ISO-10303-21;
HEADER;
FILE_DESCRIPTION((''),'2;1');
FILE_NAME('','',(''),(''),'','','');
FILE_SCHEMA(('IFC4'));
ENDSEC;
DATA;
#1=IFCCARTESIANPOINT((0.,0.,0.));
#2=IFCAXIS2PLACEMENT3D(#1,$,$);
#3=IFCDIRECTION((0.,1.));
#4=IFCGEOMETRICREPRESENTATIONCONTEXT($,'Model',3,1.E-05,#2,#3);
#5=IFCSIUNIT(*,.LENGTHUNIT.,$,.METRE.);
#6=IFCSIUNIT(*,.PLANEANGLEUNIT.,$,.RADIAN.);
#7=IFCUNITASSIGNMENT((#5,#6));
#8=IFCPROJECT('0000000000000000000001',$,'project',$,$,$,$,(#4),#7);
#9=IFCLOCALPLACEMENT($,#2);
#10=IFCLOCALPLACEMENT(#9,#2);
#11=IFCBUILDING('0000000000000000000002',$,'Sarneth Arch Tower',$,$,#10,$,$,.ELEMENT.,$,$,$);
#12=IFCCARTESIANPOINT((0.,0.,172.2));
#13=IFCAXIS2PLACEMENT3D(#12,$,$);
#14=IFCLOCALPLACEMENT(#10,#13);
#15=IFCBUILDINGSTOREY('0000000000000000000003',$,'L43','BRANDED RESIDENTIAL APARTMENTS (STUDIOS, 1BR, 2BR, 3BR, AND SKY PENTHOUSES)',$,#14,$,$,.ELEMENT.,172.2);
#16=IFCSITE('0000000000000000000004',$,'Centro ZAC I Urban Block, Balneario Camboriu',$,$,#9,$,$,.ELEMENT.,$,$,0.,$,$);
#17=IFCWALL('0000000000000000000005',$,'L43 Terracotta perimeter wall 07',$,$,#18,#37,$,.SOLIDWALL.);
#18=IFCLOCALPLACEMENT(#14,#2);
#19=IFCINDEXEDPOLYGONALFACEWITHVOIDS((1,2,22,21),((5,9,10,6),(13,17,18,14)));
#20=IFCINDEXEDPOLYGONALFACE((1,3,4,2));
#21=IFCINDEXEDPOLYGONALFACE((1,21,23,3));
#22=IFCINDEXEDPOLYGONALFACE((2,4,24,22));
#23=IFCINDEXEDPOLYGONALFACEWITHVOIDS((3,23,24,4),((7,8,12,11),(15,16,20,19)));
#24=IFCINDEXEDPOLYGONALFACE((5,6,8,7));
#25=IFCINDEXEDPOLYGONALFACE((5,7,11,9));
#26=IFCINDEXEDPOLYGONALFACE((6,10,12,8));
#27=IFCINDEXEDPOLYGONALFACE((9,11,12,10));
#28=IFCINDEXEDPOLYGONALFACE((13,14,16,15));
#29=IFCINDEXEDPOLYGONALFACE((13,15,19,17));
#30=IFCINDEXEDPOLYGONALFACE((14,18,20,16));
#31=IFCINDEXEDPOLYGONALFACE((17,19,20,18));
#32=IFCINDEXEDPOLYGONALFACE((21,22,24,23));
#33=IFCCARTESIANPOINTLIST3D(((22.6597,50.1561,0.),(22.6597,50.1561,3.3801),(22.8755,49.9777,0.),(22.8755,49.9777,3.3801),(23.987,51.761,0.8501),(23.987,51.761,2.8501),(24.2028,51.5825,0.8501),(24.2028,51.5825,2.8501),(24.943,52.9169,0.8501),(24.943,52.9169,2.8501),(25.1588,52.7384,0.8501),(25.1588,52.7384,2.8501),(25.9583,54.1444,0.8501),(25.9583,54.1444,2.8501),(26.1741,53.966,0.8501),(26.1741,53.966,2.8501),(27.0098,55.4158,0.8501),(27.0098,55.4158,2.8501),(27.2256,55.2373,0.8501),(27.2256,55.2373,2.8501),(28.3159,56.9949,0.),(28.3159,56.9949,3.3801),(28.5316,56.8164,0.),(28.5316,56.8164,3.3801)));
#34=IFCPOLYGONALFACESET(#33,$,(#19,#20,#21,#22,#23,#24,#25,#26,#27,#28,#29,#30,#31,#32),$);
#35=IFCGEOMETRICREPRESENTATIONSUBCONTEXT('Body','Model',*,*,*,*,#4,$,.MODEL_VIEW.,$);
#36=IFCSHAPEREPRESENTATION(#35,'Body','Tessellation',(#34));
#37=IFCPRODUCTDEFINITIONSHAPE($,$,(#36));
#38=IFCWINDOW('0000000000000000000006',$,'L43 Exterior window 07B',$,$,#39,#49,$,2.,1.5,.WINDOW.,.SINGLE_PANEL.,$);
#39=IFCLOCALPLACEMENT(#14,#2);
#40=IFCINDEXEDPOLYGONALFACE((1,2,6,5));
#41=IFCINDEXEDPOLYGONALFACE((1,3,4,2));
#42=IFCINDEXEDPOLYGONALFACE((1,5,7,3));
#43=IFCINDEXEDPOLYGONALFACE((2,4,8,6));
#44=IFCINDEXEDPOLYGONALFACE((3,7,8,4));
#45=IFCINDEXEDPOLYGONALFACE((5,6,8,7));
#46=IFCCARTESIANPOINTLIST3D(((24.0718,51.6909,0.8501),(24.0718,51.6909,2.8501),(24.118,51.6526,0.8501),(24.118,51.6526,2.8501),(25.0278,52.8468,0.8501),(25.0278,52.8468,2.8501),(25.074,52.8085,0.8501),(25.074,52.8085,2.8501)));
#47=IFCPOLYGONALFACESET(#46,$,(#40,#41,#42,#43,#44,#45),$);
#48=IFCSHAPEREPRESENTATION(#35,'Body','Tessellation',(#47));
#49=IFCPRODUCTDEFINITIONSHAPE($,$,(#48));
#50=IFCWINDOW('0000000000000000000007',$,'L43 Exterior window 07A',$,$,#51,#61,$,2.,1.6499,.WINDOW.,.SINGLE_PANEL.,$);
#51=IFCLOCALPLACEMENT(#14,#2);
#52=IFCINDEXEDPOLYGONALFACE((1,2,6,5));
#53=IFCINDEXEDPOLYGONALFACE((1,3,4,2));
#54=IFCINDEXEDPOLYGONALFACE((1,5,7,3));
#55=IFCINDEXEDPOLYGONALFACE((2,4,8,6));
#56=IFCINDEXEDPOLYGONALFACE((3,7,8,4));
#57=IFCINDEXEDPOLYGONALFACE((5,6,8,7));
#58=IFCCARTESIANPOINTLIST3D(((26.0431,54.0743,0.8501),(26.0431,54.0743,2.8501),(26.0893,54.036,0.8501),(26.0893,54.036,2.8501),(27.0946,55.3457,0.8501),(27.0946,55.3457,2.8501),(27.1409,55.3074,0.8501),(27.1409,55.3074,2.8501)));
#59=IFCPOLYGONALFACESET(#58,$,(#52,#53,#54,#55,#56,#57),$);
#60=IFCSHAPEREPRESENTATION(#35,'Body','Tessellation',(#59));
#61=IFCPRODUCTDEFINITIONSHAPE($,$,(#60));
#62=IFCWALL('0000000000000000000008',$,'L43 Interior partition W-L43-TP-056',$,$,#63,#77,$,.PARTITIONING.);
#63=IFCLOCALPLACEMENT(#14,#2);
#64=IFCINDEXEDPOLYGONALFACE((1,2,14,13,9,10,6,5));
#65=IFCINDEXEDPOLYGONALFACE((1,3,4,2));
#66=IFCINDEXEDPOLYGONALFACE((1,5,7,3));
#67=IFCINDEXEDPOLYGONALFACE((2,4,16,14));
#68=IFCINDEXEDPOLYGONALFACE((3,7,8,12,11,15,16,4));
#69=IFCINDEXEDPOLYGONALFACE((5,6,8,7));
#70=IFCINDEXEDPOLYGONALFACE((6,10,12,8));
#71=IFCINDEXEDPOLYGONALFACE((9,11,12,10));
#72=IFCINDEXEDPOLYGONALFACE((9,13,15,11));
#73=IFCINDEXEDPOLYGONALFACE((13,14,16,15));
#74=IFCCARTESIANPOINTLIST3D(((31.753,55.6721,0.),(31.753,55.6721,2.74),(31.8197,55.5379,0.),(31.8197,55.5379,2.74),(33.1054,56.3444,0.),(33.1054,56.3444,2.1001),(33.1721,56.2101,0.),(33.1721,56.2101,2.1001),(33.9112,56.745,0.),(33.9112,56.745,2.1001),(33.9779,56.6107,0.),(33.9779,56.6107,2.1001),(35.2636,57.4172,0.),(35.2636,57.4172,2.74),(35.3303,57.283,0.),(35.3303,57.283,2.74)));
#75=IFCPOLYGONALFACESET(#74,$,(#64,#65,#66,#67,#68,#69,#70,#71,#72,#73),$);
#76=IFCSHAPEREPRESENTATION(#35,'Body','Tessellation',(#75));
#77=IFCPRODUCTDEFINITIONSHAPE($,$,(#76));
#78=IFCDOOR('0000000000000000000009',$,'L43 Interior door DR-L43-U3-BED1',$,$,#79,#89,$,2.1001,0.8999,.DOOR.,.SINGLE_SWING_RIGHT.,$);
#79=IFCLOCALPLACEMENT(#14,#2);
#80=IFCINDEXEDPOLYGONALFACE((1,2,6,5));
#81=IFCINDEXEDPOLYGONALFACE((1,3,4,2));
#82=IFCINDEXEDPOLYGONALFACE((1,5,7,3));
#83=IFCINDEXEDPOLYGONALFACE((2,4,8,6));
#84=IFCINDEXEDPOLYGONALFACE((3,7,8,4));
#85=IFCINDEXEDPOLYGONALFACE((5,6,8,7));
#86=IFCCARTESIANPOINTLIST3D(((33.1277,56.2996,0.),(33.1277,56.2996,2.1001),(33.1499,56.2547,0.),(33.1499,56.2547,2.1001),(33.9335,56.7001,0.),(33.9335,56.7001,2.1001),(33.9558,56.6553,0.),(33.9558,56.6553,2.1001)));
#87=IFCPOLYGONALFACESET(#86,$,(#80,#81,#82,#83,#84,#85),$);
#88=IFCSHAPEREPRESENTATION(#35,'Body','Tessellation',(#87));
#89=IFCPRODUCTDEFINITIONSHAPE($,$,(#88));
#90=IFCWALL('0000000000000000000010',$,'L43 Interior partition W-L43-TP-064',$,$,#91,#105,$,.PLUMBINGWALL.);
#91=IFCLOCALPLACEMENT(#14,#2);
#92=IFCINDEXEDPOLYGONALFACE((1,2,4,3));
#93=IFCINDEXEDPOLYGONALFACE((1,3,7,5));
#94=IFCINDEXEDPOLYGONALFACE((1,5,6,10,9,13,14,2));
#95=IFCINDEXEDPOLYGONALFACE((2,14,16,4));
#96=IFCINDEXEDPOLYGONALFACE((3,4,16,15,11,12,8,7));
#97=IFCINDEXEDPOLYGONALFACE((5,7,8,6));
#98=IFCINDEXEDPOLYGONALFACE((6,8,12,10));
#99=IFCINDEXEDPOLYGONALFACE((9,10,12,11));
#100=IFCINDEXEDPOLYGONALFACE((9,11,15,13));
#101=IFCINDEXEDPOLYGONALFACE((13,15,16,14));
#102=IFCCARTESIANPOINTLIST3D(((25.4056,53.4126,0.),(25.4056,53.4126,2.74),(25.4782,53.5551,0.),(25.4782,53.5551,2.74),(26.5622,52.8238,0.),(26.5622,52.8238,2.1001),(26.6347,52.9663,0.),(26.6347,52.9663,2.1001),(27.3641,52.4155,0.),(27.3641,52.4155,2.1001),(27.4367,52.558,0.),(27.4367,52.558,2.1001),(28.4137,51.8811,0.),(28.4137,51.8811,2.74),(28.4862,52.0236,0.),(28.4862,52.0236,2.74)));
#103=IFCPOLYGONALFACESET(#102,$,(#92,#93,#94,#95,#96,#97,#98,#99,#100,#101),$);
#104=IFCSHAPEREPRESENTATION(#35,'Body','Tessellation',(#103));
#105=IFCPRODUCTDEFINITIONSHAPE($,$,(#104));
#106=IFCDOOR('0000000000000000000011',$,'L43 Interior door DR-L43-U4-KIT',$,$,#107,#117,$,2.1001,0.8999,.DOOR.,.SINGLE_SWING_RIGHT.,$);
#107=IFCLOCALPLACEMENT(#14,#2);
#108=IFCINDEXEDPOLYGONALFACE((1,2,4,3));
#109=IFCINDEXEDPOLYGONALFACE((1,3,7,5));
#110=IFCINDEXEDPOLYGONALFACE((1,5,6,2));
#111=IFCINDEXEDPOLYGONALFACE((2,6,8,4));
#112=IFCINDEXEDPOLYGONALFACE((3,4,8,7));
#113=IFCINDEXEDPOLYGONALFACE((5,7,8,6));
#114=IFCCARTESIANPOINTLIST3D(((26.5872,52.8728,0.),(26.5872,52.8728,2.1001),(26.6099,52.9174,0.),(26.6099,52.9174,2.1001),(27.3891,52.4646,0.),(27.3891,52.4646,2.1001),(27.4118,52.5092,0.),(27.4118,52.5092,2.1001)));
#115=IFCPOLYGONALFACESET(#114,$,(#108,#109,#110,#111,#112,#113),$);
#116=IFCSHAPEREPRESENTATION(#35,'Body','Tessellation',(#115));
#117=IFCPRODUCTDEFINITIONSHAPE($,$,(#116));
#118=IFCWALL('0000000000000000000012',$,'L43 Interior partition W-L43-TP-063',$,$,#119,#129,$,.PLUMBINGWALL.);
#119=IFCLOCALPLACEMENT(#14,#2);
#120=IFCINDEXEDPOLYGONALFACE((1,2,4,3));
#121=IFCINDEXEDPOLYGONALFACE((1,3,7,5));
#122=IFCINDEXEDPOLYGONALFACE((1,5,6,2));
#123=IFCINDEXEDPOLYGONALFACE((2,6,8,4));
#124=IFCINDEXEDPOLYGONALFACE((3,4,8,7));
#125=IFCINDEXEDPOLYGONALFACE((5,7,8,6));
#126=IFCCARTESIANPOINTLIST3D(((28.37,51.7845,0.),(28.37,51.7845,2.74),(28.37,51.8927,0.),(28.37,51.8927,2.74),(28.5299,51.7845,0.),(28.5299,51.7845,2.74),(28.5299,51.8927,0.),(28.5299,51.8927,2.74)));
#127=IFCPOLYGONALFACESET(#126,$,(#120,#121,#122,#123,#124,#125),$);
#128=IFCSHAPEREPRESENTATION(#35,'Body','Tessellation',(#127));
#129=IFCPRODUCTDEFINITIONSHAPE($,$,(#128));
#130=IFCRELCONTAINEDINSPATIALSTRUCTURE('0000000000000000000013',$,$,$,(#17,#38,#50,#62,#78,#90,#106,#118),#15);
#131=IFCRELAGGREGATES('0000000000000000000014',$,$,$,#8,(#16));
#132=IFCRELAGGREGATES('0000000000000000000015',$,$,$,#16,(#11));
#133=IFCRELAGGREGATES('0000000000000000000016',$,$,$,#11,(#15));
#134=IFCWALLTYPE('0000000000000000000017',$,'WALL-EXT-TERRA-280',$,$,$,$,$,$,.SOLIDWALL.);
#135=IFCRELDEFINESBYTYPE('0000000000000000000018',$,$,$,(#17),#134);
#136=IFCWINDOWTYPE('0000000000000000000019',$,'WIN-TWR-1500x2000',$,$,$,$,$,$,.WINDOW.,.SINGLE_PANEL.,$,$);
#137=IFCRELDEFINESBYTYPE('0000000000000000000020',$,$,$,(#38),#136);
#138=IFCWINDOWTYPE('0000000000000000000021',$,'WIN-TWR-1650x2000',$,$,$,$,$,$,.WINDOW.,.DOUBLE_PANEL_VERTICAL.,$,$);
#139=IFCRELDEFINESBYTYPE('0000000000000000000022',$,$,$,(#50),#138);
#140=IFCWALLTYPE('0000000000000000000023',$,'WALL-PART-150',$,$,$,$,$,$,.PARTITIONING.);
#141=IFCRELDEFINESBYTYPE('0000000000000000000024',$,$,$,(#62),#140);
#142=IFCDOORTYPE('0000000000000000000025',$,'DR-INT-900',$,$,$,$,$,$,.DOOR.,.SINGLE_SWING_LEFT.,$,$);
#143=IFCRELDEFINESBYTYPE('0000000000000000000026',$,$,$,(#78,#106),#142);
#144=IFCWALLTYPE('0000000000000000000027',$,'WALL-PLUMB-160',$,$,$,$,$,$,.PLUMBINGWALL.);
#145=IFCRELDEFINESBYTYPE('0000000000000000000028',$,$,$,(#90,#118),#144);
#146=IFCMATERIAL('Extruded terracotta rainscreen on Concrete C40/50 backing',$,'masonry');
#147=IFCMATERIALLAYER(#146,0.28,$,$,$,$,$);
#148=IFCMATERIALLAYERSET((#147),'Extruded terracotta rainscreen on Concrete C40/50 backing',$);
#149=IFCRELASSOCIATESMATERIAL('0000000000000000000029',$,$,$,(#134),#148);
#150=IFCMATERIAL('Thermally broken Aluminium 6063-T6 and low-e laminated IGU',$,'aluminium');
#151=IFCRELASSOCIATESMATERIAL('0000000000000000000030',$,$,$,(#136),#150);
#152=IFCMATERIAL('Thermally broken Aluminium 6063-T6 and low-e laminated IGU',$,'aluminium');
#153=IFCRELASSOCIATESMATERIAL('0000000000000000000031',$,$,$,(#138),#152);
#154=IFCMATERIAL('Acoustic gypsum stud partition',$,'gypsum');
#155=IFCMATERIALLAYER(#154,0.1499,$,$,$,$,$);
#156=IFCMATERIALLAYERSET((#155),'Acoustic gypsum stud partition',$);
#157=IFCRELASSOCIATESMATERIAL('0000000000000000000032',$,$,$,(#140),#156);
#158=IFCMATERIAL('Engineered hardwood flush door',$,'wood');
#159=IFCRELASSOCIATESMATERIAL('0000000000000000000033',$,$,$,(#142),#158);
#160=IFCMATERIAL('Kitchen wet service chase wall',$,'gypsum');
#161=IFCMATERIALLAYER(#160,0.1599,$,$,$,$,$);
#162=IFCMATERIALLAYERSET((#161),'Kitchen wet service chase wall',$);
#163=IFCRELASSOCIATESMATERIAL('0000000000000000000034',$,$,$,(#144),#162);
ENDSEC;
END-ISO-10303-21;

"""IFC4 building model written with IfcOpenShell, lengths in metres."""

from ifc_helpers import new_model, si_unit, direction, frame, frame_2d, origin, place, context, subcontext, project, spatial, rectangle, extrude, material, layer, layer_set, type_object, element, fill, save


model = new_model("IFC4")

# Units and contexts
model_context = context("Model", 3, precision=1e-05, world=origin(), true_north=direction((0.0, 1.0)))
body_context = subcontext(model_context, "Body", "Model", "MODEL_VIEW")
ifc_project = project(units=[si_unit("LENGTHUNIT", "METRE"), si_unit("PLANEANGLEUNIT", "RADIAN")], contexts=[model_context])

# Site, building, storey
site_placement = place(None, origin())
site = spatial("IfcSite", under=ifc_project, at=site_placement, Name="Centro ZAC I Urban Block, Balneario Camboriu", CompositionType="ELEMENT", RefElevation=0.0)
building_placement = place(site_placement, origin())
building = spatial("IfcBuilding", under=site, at=building_placement, Name="Sarneth Arch Tower", CompositionType="ELEMENT")
storey_placement = place(building_placement, frame((0.0, 0.0, 172.2)))
storey = spatial("IfcBuildingStorey", under=building, at=storey_placement, Name="L43", Description="BRANDED RESIDENTIAL APARTMENTS (STUDIOS, 1BR, 2BR, 3BR, AND SKY PENTHOUSES)", CompositionType="ELEMENT", Elevation=172.2)

# Wall, openings, windows
ifc_material_1 = material(Name="Extruded terracotta rainscreen on Concrete C40/50 backing", Category="masonry")
ifc_layer_1 = layer(ifc_material_1, 0.28)
ifc_layer_set_1 = layer_set([ifc_layer_1], Name="Extruded terracotta rainscreen on Concrete C40/50 backing")
wall_type_1 = type_object("IfcWallType", Name="WALL-EXT-TERRA-280", PredefinedType="SOLIDWALL", material=ifc_layer_set_1)
wall_1_placement = place(storey_placement, frame((28.4238, 56.9058, 0.0), z_axis=(0.0, 0.0, 1.0), x_axis=(-0.637333, -0.770588, 0.0)))
wall_1 = element("IfcWall", 1, at=wall_1_placement, inside=storey, type_object=wall_type_1, Name="L43 Terracotta perimeter wall 07", PredefinedType="SOLIDWALL", context=body_context, shape_type="SweptSolid", body=[
    extrude(rectangle(XDim=8.8748, YDim=0.28, at=frame_2d((4.4375, 0.0))), origin(), (0.0, 0.0, 1.0), 3.3801),
])
opening_1_placement = place(wall_1_placement, frame((2.0493, 0.0, 0.8501)))
opening_1 = element("IfcOpeningElement", 2, at=opening_1_placement, cuts=wall_1, PredefinedType="OPENING", context=body_context, shape_type="SweptSolid", body=[
    extrude(rectangle(XDim=1.6499, YDim=2.0, at=frame_2d((0.825, 1.0))), frame((0.0, 0.1499, 0.0), z_axis=(0.0, -1.0, 0.0), x_axis=(1.0, 0.0, 0.0)), (0.0, 0.0, 1.0), 0.3),
])
opening_2_placement = place(wall_1_placement, frame((5.2922, 0.0, 0.8501)))
opening_2 = element("IfcOpeningElement", 3, at=opening_2_placement, cuts=wall_1, PredefinedType="OPENING", context=body_context, shape_type="SweptSolid", body=[
    extrude(rectangle(XDim=1.5, YDim=2.0, at=frame_2d((0.75, 1.0))), frame((0.0, 0.1499, 0.0), z_axis=(0.0, -1.0, 0.0), x_axis=(1.0, 0.0, 0.0)), (0.0, 0.0, 1.0), 0.3),
])
ifc_material_2 = material(Name="Thermally broken Aluminium 6063-T6 and low-e laminated IGU", Category="aluminium")
window_type_1 = type_object("IfcWindowType", Name="WIN-TWR-1500x2000", PartitioningType="SINGLE_PANEL", PredefinedType="WINDOW", material=ifc_material_2)
window_1_placement = place(opening_2_placement, origin())
window_1 = element("IfcWindow", 4, at=window_1_placement, inside=storey, type_object=window_type_1, Name="L43 Exterior window 07B", OverallHeight=2.0, OverallWidth=1.5, PartitioningType="SINGLE_PANEL", PredefinedType="WINDOW", context=body_context, shape_type="SweptSolid", body=[
    extrude(rectangle(XDim=1.5, YDim=2.0, at=frame_2d((0.75, 1.0))), frame((0.0, 0.03, 0.0), z_axis=(0.0, -1.0, 0.0), x_axis=(1.0, 0.0, 0.0)), (0.0, 0.0, 1.0), 0.0601),
])
fill(opening_2, window_1)
ifc_material_3 = material(Name="Thermally broken Aluminium 6063-T6 and low-e laminated IGU", Category="aluminium")
window_type_2 = type_object("IfcWindowType", Name="WIN-TWR-1650x2000", PartitioningType="DOUBLE_PANEL_VERTICAL", PredefinedType="WINDOW", material=ifc_material_3)
window_2_placement = place(opening_1_placement, origin())
window_2 = element("IfcWindow", 5, at=window_2_placement, inside=storey, type_object=window_type_2, Name="L43 Exterior window 07A", OverallHeight=2.0, OverallWidth=1.6499, PartitioningType="SINGLE_PANEL", PredefinedType="WINDOW", context=body_context, shape_type="SweptSolid", body=[
    extrude(rectangle(XDim=1.6499, YDim=2.0, at=frame_2d((0.825, 1.0))), frame((0.0, 0.03, 0.0), z_axis=(0.0, -1.0, 0.0), x_axis=(1.0, 0.0, 0.0)), (0.0, 0.0, 1.0), 0.0601),
])
fill(opening_1, window_2)

# Walls, openings, doors
ifc_material_4 = material(Name="Acoustic gypsum stud partition", Category="gypsum")
ifc_layer_2 = layer(ifc_material_4, 0.1499)
ifc_layer_set_2 = layer_set([ifc_layer_2], Name="Acoustic gypsum stud partition")
wall_type_2 = type_object("IfcWallType", Name="WALL-PART-150", PredefinedType="PARTITIONING", material=ifc_layer_set_2)
wall_2_placement = place(storey_placement, frame((31.7864, 55.605, 0.0), z_axis=(0.0, 0.0, 1.0), x_axis=(0.895459, 0.445145, 0.0)))
wall_2 = element("IfcWall", 6, at=wall_2_placement, inside=storey, type_object=wall_type_2, Name="L43 Interior partition W-L43-TP-056", PredefinedType="PARTITIONING", context=body_context, shape_type="SweptSolid", body=[
    extrude(rectangle(XDim=3.9204, YDim=0.1499, at=frame_2d((1.9602, 0.0))), origin(), (0.0, 0.0, 1.0), 2.74),
])
opening_3_placement = place(wall_2_placement, frame((1.5103, 0.0, 0.0)))
opening_3 = element("IfcOpeningElement", 7, at=opening_3_placement, cuts=wall_2, PredefinedType="OPENING", context=body_context, shape_type="SweptSolid", body=[
    extrude(rectangle(XDim=0.8999, YDim=2.1001, at=frame_2d((0.45, 1.05))), frame((0.0, 0.085, 0.0), z_axis=(0.0, -1.0, 0.0), x_axis=(1.0, 0.0, 0.0)), (0.0, 0.0, 1.0), 0.1699),
])
ifc_material_5 = material(Name="Engineered hardwood flush door", Category="wood")
door_type_1 = type_object("IfcDoorType", Name="DR-INT-900", OperationType="SINGLE_SWING_LEFT", PredefinedType="DOOR", material=ifc_material_5)
door_1_placement = place(opening_3_placement, origin())
door_1 = element("IfcDoor", 8, at=door_1_placement, inside=storey, type_object=door_type_1, Name="L43 Interior door DR-L43-U3-BED1", OperationType="SINGLE_SWING_RIGHT", OverallHeight=2.1001, OverallWidth=0.8999, PredefinedType="DOOR", context=body_context, shape_type="SweptSolid", body=[
    extrude(rectangle(XDim=0.8999, YDim=2.1001, at=frame_2d((0.45, 1.05))), frame((0.0, 0.0249, 0.0), z_axis=(0.0, -1.0, 0.0), x_axis=(1.0, 0.0, 0.0)), (0.0, 0.0, 1.0), 0.05),
])
fill(opening_3, door_1)
ifc_material_6 = material(Name="Kitchen wet service chase wall", Category="gypsum")
ifc_layer_3 = layer(ifc_material_6, 0.1599)
ifc_layer_set_3 = layer_set([ifc_layer_3], Name="Kitchen wet service chase wall")
wall_type_3 = type_object("IfcWallType", Name="WALL-PLUMB-160", PredefinedType="PLUMBINGWALL", material=ifc_layer_set_3)
wall_3_placement = place(storey_placement, frame((28.45, 51.9524, 0.0), z_axis=(0.0, 0.0, 1.0), x_axis=(-0.891149, 0.453711, 0.0)))
wall_3 = element("IfcWall", 9, at=wall_3_placement, inside=storey, type_object=wall_type_3, Name="L43 Interior partition W-L43-TP-064", PredefinedType="PLUMBINGWALL", context=body_context, shape_type="SweptSolid", body=[
    extrude(rectangle(XDim=3.3755, YDim=0.1599, at=frame_2d((1.6877, 0.0))), origin(), (0.0, 0.0, 1.0), 2.74),
])
opening_4_placement = place(wall_3_placement, frame((1.1777, 0.0, 0.0)))
opening_4 = element("IfcOpeningElement", 10, at=opening_4_placement, cuts=wall_3, PredefinedType="OPENING", context=body_context, shape_type="SweptSolid", body=[
    extrude(rectangle(XDim=0.8999, YDim=2.1001, at=frame_2d((0.45, 1.05))), frame((0.0, 0.0898, 0.0), z_axis=(0.0, -1.0, 0.0), x_axis=(1.0, 0.0, 0.0)), (0.0, 0.0, 1.0), 0.1799),
])
door_2_placement = place(opening_4_placement, origin())
door_2 = element("IfcDoor", 11, at=door_2_placement, inside=storey, type_object=door_type_1, Name="L43 Interior door DR-L43-U4-KIT", OperationType="SINGLE_SWING_RIGHT", OverallHeight=2.1001, OverallWidth=0.8999, PredefinedType="DOOR", context=body_context, shape_type="SweptSolid", body=[
    extrude(rectangle(XDim=0.8999, YDim=2.1001, at=frame_2d((0.45, 1.05))), frame((0.0, 0.0249, 0.0), z_axis=(0.0, -1.0, 0.0), x_axis=(1.0, 0.0, 0.0)), (0.0, 0.0, 1.0), 0.05),
])
fill(opening_4, door_2)

# Wall
wall_4_placement = place(storey_placement, frame((28.45, 51.7844, 0.0), z_axis=(0.0, 0.0, 1.0), x_axis=(0.0, 1.0, 0.0)))
element("IfcWall", 12, at=wall_4_placement, inside=storey, type_object=wall_type_3, Name="L43 Interior partition W-L43-TP-063", PredefinedType="PLUMBINGWALL", context=body_context, shape_type="SweptSolid", body=[
    extrude(rectangle(XDim=0.1082, YDim=0.1599, at=frame_2d((0.0542, 0.0))), origin(), (0.0, 0.0, 1.0), 2.74),
])

save(model, "model.ifc")
